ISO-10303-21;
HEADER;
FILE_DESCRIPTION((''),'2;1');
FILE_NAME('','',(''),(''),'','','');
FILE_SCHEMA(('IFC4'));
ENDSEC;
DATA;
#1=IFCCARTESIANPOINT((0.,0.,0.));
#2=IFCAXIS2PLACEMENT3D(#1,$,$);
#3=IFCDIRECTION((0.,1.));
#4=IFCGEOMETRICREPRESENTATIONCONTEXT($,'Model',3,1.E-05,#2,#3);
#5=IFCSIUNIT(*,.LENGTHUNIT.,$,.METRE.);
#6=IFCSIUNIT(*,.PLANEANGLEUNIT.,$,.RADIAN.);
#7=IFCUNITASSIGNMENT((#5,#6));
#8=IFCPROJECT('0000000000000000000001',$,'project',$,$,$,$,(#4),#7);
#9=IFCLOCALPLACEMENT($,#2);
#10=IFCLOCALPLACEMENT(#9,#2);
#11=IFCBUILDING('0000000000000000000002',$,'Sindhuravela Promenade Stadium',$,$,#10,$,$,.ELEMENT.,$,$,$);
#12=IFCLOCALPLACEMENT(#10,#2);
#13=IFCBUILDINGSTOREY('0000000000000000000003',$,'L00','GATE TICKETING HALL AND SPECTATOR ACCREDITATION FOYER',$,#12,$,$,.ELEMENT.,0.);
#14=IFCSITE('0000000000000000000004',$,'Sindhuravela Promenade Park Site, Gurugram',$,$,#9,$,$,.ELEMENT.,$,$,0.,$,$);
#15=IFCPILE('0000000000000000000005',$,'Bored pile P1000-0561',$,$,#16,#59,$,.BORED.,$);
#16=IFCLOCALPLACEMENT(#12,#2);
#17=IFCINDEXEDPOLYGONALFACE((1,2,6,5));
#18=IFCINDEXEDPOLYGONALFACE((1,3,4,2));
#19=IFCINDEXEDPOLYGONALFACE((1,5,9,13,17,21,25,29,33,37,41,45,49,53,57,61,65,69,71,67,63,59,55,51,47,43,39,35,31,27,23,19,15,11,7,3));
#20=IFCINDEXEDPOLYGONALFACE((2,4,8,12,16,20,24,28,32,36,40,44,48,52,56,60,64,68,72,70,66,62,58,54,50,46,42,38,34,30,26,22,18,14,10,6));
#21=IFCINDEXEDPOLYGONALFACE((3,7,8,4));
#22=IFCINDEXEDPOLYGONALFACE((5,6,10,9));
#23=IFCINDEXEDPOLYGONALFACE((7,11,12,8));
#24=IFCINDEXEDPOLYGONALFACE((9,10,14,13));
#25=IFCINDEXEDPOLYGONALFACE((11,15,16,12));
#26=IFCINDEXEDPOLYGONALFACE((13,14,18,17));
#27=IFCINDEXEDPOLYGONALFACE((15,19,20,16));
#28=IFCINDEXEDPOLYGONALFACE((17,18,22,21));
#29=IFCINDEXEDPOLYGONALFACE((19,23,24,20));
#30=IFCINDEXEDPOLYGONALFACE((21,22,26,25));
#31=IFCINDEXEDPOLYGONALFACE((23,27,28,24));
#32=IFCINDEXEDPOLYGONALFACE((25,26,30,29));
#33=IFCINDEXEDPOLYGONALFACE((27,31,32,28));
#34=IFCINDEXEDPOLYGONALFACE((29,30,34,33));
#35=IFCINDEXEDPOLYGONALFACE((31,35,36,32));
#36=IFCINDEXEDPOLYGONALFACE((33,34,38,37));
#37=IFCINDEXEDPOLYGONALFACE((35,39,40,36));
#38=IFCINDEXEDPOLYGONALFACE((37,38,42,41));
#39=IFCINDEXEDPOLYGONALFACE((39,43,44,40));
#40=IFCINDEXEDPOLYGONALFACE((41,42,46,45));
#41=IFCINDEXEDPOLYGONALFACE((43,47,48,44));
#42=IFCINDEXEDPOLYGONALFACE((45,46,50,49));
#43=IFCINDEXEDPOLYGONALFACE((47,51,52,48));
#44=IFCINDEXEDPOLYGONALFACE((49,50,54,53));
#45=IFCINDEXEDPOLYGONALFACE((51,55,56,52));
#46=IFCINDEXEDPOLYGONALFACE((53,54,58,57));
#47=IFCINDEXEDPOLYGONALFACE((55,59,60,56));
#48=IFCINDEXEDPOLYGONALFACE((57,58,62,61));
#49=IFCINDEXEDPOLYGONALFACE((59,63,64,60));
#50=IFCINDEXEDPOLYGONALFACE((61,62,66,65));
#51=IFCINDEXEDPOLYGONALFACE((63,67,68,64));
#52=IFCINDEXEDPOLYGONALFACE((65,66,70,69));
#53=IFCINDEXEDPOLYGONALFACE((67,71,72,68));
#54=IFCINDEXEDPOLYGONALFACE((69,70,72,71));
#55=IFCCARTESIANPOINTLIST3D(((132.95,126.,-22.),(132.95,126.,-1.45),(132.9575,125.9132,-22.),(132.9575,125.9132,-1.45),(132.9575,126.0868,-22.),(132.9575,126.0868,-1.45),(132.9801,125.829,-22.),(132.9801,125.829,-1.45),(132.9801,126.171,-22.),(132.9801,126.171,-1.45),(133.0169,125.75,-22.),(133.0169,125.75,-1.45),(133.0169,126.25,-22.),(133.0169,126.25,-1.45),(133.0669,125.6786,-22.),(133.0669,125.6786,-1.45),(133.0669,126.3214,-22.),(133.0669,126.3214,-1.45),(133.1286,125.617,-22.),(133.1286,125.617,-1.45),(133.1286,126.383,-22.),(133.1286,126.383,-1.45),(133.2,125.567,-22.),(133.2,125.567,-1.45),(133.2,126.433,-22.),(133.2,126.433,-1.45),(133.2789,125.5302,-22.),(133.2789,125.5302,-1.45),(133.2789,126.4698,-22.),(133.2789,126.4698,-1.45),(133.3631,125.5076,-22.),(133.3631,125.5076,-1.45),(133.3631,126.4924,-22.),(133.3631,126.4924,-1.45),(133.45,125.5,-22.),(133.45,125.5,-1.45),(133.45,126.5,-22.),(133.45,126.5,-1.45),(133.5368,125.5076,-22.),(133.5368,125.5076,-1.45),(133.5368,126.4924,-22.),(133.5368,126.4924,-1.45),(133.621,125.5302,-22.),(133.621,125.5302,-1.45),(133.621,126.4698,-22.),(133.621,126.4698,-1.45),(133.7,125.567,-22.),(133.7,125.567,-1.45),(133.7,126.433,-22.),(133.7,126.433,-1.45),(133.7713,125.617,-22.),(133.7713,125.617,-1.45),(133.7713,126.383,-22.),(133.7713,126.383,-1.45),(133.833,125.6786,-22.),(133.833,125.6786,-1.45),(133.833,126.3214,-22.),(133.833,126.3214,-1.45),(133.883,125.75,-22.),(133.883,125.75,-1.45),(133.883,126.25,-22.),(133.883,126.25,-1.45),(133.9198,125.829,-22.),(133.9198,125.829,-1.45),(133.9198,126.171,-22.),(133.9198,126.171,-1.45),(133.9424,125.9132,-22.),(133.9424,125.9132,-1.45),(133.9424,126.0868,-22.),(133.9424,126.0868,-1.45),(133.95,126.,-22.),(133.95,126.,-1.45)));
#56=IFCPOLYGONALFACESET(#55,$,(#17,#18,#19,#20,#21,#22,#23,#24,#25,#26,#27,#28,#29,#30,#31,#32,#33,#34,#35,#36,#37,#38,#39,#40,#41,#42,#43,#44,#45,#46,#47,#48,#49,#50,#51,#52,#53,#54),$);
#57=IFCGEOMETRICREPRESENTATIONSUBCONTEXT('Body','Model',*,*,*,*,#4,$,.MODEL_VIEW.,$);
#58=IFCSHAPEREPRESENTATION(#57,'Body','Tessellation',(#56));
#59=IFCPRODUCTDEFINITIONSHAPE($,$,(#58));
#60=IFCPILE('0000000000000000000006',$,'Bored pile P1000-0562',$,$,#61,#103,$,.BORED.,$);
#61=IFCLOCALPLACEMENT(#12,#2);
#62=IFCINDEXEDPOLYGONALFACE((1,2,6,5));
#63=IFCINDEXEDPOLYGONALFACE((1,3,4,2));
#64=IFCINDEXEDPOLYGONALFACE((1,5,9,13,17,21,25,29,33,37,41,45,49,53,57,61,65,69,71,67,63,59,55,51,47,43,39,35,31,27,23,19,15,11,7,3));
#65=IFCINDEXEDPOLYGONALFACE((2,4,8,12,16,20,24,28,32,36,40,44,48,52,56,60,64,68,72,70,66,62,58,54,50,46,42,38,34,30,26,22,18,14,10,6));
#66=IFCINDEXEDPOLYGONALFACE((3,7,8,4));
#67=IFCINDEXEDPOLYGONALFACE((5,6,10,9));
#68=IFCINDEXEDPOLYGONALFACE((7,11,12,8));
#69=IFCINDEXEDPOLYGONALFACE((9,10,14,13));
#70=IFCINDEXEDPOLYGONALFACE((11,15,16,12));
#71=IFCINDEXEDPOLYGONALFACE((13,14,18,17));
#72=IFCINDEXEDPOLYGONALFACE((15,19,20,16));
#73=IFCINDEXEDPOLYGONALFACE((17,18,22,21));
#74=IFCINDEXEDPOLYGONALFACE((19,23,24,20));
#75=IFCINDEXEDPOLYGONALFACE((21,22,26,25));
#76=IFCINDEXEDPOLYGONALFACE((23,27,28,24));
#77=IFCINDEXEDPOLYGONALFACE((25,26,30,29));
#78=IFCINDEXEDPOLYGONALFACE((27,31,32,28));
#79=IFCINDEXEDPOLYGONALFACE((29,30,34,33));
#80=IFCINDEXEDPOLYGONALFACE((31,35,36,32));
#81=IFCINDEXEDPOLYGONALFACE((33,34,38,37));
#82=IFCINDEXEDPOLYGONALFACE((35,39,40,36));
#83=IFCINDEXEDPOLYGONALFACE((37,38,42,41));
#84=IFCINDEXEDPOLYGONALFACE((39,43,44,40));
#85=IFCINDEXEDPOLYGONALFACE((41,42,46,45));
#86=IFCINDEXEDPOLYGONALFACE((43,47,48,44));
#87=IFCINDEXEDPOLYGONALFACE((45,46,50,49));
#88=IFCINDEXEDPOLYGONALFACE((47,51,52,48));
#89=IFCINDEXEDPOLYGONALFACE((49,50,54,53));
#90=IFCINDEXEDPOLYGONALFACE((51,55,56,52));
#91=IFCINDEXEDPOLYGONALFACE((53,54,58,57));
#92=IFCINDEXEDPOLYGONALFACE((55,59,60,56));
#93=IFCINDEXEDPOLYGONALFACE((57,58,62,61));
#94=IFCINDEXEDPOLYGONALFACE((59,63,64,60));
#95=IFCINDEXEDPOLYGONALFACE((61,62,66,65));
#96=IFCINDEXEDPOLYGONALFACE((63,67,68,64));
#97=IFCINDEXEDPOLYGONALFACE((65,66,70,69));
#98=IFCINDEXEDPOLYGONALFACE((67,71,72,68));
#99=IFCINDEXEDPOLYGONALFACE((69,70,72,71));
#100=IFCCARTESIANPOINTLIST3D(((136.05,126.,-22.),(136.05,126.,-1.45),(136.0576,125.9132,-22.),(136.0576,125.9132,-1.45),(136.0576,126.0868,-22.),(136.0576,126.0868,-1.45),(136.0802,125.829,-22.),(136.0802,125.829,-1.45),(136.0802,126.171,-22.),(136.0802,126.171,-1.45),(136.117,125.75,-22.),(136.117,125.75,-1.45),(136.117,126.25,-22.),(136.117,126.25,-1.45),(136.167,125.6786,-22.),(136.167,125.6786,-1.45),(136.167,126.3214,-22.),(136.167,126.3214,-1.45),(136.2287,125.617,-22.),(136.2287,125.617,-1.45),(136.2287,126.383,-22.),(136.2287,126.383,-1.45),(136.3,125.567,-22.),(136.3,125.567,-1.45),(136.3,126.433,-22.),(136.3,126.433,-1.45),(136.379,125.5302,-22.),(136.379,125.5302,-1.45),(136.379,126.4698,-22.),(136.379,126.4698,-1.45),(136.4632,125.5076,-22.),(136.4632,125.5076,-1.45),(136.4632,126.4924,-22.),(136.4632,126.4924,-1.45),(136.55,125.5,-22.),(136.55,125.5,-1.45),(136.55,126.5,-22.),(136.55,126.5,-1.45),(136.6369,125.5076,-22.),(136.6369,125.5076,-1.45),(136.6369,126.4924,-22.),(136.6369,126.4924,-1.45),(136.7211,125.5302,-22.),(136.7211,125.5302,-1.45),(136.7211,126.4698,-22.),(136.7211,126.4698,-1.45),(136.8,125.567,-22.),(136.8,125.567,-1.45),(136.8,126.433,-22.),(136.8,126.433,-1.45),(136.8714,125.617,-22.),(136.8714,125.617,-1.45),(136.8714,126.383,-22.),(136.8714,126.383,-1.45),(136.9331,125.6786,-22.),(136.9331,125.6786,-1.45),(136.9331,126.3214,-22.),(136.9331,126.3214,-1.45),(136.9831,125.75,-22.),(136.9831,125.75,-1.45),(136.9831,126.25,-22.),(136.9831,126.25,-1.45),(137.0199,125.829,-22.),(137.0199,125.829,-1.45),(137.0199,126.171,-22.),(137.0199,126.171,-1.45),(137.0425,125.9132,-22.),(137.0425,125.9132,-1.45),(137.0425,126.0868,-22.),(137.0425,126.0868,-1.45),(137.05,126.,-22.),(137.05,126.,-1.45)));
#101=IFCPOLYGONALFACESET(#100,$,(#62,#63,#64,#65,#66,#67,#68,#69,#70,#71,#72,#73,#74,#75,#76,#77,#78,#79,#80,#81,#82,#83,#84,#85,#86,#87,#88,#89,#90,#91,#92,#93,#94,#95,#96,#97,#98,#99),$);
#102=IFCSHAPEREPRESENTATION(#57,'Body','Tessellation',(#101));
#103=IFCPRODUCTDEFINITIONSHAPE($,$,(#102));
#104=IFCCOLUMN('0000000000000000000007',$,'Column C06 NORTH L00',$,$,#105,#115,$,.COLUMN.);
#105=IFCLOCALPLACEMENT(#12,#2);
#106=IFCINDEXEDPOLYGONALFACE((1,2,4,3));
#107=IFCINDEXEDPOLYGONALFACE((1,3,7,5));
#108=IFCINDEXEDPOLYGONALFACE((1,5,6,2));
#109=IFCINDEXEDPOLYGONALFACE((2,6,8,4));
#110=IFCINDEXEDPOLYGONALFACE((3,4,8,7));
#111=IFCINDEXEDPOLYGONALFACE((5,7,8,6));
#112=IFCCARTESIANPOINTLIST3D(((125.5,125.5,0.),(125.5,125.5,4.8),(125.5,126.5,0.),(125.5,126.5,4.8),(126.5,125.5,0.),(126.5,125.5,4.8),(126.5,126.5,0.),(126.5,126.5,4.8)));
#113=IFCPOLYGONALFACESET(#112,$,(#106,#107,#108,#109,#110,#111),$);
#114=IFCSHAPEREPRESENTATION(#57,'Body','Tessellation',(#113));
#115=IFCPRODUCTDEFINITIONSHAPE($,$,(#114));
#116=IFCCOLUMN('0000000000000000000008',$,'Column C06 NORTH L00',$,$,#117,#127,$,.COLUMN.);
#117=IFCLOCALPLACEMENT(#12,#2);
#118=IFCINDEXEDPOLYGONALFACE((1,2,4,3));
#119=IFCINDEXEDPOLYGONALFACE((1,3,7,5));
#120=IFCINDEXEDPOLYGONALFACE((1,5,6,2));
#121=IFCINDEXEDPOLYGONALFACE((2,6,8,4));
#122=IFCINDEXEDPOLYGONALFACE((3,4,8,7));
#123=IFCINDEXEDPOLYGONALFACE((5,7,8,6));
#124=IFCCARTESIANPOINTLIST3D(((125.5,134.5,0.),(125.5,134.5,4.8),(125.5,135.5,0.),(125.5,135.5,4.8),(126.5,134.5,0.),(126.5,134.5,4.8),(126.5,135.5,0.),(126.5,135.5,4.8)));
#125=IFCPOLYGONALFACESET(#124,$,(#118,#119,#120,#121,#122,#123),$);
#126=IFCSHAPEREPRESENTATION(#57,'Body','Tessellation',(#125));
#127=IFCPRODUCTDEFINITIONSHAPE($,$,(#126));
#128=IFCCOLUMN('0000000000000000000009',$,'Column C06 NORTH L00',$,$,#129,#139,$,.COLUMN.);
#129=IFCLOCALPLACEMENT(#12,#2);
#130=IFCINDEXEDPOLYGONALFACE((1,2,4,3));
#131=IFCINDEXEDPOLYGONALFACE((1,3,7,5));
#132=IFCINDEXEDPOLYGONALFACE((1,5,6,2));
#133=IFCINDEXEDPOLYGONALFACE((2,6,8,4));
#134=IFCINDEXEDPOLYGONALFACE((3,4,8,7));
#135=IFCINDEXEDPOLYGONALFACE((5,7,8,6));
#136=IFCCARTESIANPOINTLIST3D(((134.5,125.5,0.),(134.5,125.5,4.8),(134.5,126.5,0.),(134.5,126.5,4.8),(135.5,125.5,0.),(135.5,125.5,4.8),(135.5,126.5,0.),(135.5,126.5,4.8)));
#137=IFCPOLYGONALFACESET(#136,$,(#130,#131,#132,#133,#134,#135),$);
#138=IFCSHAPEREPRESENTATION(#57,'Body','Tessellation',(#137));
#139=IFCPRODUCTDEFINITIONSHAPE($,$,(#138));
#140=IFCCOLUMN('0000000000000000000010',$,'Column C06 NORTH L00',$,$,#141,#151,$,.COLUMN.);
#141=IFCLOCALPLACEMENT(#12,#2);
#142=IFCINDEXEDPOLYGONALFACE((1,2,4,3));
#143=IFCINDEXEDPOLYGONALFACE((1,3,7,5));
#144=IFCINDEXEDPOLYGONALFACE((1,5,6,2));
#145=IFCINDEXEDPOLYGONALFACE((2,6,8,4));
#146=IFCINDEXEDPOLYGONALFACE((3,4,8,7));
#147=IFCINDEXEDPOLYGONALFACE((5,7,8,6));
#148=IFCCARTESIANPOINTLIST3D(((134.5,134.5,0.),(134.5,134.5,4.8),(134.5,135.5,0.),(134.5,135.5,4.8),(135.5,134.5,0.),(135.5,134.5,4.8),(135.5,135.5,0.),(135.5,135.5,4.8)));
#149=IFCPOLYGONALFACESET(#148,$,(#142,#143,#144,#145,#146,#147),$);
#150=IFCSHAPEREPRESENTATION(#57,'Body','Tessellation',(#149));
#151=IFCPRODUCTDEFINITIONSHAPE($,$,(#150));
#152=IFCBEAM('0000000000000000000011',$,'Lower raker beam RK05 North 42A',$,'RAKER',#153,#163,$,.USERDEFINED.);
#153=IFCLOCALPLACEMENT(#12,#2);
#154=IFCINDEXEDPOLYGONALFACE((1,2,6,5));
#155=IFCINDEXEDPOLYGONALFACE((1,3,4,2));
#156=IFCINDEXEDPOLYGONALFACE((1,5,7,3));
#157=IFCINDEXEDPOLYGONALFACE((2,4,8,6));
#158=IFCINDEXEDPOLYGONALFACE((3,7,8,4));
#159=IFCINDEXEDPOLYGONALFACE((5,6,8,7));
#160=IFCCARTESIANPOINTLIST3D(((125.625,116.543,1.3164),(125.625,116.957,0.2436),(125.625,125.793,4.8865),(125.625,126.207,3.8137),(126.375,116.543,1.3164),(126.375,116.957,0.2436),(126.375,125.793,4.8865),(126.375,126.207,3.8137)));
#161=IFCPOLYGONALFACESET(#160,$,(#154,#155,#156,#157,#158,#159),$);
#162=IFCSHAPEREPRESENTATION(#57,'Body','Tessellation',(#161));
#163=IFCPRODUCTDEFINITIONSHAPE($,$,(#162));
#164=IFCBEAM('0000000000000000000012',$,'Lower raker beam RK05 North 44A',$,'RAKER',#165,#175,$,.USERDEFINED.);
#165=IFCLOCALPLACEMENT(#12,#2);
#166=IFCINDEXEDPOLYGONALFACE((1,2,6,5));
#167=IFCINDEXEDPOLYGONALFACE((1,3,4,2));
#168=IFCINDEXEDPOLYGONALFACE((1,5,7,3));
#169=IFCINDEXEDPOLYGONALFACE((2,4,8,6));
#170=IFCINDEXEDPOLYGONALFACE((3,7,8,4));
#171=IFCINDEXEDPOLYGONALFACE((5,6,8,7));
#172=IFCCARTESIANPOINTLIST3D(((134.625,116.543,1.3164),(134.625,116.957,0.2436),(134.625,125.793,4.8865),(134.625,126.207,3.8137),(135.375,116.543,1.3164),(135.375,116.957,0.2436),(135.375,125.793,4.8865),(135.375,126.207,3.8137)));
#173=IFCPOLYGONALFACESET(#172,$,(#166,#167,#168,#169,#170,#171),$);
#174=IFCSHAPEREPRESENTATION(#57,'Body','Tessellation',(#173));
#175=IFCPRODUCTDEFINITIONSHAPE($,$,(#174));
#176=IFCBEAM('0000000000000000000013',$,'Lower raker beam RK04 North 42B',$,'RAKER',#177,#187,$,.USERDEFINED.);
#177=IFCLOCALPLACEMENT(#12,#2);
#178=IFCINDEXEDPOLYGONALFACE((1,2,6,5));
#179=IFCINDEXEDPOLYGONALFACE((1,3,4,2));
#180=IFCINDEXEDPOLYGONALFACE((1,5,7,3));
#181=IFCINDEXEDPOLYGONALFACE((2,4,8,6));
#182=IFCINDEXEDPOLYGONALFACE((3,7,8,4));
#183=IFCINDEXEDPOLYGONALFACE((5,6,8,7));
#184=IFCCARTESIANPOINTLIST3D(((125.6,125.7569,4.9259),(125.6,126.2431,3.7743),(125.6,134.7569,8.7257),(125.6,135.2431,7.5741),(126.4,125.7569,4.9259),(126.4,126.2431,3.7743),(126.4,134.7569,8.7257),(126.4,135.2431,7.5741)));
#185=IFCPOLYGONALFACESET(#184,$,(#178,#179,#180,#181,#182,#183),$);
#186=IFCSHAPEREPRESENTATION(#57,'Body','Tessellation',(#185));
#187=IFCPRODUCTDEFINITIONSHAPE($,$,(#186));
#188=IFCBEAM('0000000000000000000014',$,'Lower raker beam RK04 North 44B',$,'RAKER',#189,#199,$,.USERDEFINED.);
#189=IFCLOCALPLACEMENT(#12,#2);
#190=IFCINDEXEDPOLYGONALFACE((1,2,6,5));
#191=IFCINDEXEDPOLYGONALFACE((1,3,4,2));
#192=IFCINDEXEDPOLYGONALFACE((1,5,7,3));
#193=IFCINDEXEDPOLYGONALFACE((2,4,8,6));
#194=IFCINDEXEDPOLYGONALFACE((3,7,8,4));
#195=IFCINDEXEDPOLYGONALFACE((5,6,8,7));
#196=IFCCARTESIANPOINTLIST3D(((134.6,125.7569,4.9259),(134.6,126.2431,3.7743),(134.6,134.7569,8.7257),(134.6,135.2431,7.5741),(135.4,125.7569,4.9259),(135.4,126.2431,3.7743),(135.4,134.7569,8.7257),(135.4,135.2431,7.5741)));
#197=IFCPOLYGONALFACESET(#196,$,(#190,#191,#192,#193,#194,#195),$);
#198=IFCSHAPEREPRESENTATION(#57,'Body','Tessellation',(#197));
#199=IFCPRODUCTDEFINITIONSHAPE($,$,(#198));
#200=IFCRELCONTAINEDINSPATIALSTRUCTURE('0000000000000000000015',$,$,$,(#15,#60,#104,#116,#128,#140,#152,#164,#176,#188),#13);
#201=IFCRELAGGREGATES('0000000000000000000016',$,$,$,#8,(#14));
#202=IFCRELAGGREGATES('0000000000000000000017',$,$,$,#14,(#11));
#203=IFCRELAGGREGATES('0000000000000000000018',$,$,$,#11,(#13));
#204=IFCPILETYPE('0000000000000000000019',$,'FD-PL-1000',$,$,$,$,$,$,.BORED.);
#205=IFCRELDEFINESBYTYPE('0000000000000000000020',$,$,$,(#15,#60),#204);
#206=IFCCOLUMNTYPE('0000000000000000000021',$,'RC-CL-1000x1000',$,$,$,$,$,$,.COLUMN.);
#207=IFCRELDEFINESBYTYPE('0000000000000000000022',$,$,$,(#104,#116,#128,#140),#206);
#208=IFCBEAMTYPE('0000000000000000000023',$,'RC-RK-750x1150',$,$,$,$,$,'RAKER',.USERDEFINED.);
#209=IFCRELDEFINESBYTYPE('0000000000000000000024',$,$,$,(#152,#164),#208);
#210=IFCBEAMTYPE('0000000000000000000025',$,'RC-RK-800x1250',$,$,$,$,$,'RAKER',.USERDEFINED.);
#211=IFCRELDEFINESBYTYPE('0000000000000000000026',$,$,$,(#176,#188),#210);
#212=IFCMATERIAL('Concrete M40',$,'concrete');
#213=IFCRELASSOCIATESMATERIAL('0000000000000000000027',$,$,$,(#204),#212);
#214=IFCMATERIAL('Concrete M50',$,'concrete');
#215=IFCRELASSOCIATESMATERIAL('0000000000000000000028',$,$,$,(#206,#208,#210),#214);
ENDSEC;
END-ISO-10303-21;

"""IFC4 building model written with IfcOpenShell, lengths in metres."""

from ifc_helpers import new_model, si_unit, direction, frame, origin, origin_2d, place, context, subcontext, project, spatial, rectangle, circle, extrude, material, material_profile, profile_set, type_object, element, save


model = new_model("IFC4")

# Units and contexts
model_context = context("Model", 3, precision=1e-05, world=origin(), true_north=direction((0.0, 1.0)))
body_context = subcontext(model_context, "Body", "Model", "MODEL_VIEW")
ifc_project = project(units=[si_unit("LENGTHUNIT", "METRE"), si_unit("PLANEANGLEUNIT", "RADIAN")], contexts=[model_context])

# Site, building, storey
site_placement = place(None, origin())
site = spatial("IfcSite", under=ifc_project, at=site_placement, Name="Sindhuravela Promenade Park Site, Gurugram", CompositionType="ELEMENT", RefElevation=0.0)
building_placement = place(site_placement, origin())
building = spatial("IfcBuilding", under=site, at=building_placement, Name="Sindhuravela Promenade Stadium", CompositionType="ELEMENT")
storey_placement = place(building_placement, origin())
storey = spatial("IfcBuildingStorey", under=building, at=storey_placement, Name="L00", Description="GATE TICKETING HALL AND SPECTATOR ACCREDITATION FOYER", CompositionType="ELEMENT", Elevation=0.0)

# Shared definitions
ifc_material_1 = material(Name="Concrete M50", Category="concrete")

# Piles
ifc_material_2 = material(Name="Concrete M40", Category="concrete")
ifc_material_profile_1 = material_profile(ifc_material_2, circle(Radius=0.5, at=origin_2d()), Name="BORED PILE D1000")
ifc_profile_set_1 = profile_set([ifc_material_profile_1], Name="Concrete M40")
pile_type = type_object("IfcPileType", Name="FD-PL-1000", PredefinedType="BORED", material=ifc_profile_set_1)
for number, where, z_axis, x_axis, name in (
    (1, (133.45, 126.0, -1.45), (0.0, 0.0, -1.0), (1.0, 0.0, 0.0), "Bored pile P1000-0561"),
    (2, (136.55, 126.0, -1.45), (0.0, 0.0, -1.0), (1.0, 0.0, 0.0), "Bored pile P1000-0562"),
):
    element("IfcPile", number, at=place(storey_placement, frame(where, z_axis=z_axis, x_axis=x_axis)), inside=storey, type_object=pile_type, Name=name, PredefinedType="BORED", context=body_context, shape_type="SweptSolid", body=[
        extrude(circle(Radius=0.5, at=origin_2d()), origin(), (0.0, 0.0, 1.0), 20.55),
    ])

# Columns
ifc_material_profile_2 = material_profile(ifc_material_1, rectangle(XDim=1.0, YDim=1.0, at=origin_2d()), Name="RC 1000x1000")
ifc_profile_set_2 = profile_set([ifc_material_profile_2], Name="Concrete M50")
column_type = type_object("IfcColumnType", Name="RC-CL-1000x1000", PredefinedType="COLUMN", material=ifc_profile_set_2)
for number, where, z_axis, x_axis, name in (
    (3, (126.0, 126.0, 0.0), (0.0, 0.0, 1.0), (1.0, 0.0, 0.0), "Column C06 NORTH L00"),
    (4, (126.0, 135.0, 0.0), (0.0, 0.0, 1.0), (1.0, 0.0, 0.0), "Column C06 NORTH L00"),
    (5, (135.0, 126.0, 0.0), (0.0, 0.0, 1.0), (1.0, 0.0, 0.0), "Column C06 NORTH L00"),
    (6, (135.0, 135.0, 0.0), (0.0, 0.0, 1.0), (1.0, 0.0, 0.0), "Column C06 NORTH L00"),
):
    element("IfcColumn", number, at=place(storey_placement, frame(where, z_axis=z_axis, x_axis=x_axis)), inside=storey, type_object=column_type, Name=name, PredefinedType="COLUMN", context=body_context, shape_type="SweptSolid", body=[
        extrude(rectangle(XDim=1.0, YDim=1.0, at=origin_2d()), origin(), (0.0, 0.0, 1.0), 4.8),
    ])

# Beams
ifc_material_profile_3 = material_profile(ifc_material_1, rectangle(XDim=0.75, YDim=1.1499, at=origin_2d()), Name="RC 750x1150")
ifc_profile_set_3 = profile_set([ifc_material_profile_3], Name="Concrete M50")
beam_type_1 = type_object("IfcBeamType", Name="RC-RK-750x1150", ElementType="RAKER", PredefinedType="USERDEFINED", material=ifc_profile_set_3)
for number, where, z_axis, x_axis, name in (
    (7, (126.0, 116.75, 0.78), (0.0, 0.932927, 0.360066), (-1.0, 0.0, 0.0), "Lower raker beam RK05 North 42A"),
    (8, (135.0, 116.75, 0.78), (0.0, 0.932927, 0.360066), (-1.0, 0.0, 0.0), "Lower raker beam RK05 North 44A"),
):
    element("IfcBeam", number, at=place(storey_placement, frame(where, z_axis=z_axis, x_axis=x_axis)), inside=storey, type_object=beam_type_1, Name=name, ObjectType="RAKER", PredefinedType="USERDEFINED", context=body_context, shape_type="SweptSolid", body=[
        extrude(rectangle(XDim=0.75, YDim=1.1499, at=origin_2d()), origin(), (0.0, 0.0, 1.0), 9.915),
    ])
ifc_material_profile_4 = material_profile(ifc_material_1, rectangle(XDim=0.8, YDim=1.25, at=origin_2d()), Name="RC 800x1250")
ifc_profile_set_4 = profile_set([ifc_material_profile_4], Name="Concrete M50")
beam_type_2 = type_object("IfcBeamType", Name="RC-RK-800x1250", ElementType="RAKER", PredefinedType="USERDEFINED", material=ifc_profile_set_4)
for number, where, z_axis, x_axis, name in (
    (9, (126.0, 126.0, 4.3501), (0.0, 0.921257, 0.388955), (-1.0, 0.0, 0.0), "Lower raker beam RK04 North 42B"),
    (10, (135.0, 126.0, 4.3501), (0.0, 0.921257, 0.388955), (-1.0, 0.0, 0.0), "Lower raker beam RK04 North 44B"),
):
    element("IfcBeam", number, at=place(storey_placement, frame(where, z_axis=z_axis, x_axis=x_axis)), inside=storey, type_object=beam_type_2, Name=name, ObjectType="RAKER", PredefinedType="USERDEFINED", context=body_context, shape_type="SweptSolid", body=[
        extrude(rectangle(XDim=0.8, YDim=1.25, at=origin_2d()), origin(), (0.0, 0.0, 1.0), 9.7693),
    ])

save(model, "model.ifc")
